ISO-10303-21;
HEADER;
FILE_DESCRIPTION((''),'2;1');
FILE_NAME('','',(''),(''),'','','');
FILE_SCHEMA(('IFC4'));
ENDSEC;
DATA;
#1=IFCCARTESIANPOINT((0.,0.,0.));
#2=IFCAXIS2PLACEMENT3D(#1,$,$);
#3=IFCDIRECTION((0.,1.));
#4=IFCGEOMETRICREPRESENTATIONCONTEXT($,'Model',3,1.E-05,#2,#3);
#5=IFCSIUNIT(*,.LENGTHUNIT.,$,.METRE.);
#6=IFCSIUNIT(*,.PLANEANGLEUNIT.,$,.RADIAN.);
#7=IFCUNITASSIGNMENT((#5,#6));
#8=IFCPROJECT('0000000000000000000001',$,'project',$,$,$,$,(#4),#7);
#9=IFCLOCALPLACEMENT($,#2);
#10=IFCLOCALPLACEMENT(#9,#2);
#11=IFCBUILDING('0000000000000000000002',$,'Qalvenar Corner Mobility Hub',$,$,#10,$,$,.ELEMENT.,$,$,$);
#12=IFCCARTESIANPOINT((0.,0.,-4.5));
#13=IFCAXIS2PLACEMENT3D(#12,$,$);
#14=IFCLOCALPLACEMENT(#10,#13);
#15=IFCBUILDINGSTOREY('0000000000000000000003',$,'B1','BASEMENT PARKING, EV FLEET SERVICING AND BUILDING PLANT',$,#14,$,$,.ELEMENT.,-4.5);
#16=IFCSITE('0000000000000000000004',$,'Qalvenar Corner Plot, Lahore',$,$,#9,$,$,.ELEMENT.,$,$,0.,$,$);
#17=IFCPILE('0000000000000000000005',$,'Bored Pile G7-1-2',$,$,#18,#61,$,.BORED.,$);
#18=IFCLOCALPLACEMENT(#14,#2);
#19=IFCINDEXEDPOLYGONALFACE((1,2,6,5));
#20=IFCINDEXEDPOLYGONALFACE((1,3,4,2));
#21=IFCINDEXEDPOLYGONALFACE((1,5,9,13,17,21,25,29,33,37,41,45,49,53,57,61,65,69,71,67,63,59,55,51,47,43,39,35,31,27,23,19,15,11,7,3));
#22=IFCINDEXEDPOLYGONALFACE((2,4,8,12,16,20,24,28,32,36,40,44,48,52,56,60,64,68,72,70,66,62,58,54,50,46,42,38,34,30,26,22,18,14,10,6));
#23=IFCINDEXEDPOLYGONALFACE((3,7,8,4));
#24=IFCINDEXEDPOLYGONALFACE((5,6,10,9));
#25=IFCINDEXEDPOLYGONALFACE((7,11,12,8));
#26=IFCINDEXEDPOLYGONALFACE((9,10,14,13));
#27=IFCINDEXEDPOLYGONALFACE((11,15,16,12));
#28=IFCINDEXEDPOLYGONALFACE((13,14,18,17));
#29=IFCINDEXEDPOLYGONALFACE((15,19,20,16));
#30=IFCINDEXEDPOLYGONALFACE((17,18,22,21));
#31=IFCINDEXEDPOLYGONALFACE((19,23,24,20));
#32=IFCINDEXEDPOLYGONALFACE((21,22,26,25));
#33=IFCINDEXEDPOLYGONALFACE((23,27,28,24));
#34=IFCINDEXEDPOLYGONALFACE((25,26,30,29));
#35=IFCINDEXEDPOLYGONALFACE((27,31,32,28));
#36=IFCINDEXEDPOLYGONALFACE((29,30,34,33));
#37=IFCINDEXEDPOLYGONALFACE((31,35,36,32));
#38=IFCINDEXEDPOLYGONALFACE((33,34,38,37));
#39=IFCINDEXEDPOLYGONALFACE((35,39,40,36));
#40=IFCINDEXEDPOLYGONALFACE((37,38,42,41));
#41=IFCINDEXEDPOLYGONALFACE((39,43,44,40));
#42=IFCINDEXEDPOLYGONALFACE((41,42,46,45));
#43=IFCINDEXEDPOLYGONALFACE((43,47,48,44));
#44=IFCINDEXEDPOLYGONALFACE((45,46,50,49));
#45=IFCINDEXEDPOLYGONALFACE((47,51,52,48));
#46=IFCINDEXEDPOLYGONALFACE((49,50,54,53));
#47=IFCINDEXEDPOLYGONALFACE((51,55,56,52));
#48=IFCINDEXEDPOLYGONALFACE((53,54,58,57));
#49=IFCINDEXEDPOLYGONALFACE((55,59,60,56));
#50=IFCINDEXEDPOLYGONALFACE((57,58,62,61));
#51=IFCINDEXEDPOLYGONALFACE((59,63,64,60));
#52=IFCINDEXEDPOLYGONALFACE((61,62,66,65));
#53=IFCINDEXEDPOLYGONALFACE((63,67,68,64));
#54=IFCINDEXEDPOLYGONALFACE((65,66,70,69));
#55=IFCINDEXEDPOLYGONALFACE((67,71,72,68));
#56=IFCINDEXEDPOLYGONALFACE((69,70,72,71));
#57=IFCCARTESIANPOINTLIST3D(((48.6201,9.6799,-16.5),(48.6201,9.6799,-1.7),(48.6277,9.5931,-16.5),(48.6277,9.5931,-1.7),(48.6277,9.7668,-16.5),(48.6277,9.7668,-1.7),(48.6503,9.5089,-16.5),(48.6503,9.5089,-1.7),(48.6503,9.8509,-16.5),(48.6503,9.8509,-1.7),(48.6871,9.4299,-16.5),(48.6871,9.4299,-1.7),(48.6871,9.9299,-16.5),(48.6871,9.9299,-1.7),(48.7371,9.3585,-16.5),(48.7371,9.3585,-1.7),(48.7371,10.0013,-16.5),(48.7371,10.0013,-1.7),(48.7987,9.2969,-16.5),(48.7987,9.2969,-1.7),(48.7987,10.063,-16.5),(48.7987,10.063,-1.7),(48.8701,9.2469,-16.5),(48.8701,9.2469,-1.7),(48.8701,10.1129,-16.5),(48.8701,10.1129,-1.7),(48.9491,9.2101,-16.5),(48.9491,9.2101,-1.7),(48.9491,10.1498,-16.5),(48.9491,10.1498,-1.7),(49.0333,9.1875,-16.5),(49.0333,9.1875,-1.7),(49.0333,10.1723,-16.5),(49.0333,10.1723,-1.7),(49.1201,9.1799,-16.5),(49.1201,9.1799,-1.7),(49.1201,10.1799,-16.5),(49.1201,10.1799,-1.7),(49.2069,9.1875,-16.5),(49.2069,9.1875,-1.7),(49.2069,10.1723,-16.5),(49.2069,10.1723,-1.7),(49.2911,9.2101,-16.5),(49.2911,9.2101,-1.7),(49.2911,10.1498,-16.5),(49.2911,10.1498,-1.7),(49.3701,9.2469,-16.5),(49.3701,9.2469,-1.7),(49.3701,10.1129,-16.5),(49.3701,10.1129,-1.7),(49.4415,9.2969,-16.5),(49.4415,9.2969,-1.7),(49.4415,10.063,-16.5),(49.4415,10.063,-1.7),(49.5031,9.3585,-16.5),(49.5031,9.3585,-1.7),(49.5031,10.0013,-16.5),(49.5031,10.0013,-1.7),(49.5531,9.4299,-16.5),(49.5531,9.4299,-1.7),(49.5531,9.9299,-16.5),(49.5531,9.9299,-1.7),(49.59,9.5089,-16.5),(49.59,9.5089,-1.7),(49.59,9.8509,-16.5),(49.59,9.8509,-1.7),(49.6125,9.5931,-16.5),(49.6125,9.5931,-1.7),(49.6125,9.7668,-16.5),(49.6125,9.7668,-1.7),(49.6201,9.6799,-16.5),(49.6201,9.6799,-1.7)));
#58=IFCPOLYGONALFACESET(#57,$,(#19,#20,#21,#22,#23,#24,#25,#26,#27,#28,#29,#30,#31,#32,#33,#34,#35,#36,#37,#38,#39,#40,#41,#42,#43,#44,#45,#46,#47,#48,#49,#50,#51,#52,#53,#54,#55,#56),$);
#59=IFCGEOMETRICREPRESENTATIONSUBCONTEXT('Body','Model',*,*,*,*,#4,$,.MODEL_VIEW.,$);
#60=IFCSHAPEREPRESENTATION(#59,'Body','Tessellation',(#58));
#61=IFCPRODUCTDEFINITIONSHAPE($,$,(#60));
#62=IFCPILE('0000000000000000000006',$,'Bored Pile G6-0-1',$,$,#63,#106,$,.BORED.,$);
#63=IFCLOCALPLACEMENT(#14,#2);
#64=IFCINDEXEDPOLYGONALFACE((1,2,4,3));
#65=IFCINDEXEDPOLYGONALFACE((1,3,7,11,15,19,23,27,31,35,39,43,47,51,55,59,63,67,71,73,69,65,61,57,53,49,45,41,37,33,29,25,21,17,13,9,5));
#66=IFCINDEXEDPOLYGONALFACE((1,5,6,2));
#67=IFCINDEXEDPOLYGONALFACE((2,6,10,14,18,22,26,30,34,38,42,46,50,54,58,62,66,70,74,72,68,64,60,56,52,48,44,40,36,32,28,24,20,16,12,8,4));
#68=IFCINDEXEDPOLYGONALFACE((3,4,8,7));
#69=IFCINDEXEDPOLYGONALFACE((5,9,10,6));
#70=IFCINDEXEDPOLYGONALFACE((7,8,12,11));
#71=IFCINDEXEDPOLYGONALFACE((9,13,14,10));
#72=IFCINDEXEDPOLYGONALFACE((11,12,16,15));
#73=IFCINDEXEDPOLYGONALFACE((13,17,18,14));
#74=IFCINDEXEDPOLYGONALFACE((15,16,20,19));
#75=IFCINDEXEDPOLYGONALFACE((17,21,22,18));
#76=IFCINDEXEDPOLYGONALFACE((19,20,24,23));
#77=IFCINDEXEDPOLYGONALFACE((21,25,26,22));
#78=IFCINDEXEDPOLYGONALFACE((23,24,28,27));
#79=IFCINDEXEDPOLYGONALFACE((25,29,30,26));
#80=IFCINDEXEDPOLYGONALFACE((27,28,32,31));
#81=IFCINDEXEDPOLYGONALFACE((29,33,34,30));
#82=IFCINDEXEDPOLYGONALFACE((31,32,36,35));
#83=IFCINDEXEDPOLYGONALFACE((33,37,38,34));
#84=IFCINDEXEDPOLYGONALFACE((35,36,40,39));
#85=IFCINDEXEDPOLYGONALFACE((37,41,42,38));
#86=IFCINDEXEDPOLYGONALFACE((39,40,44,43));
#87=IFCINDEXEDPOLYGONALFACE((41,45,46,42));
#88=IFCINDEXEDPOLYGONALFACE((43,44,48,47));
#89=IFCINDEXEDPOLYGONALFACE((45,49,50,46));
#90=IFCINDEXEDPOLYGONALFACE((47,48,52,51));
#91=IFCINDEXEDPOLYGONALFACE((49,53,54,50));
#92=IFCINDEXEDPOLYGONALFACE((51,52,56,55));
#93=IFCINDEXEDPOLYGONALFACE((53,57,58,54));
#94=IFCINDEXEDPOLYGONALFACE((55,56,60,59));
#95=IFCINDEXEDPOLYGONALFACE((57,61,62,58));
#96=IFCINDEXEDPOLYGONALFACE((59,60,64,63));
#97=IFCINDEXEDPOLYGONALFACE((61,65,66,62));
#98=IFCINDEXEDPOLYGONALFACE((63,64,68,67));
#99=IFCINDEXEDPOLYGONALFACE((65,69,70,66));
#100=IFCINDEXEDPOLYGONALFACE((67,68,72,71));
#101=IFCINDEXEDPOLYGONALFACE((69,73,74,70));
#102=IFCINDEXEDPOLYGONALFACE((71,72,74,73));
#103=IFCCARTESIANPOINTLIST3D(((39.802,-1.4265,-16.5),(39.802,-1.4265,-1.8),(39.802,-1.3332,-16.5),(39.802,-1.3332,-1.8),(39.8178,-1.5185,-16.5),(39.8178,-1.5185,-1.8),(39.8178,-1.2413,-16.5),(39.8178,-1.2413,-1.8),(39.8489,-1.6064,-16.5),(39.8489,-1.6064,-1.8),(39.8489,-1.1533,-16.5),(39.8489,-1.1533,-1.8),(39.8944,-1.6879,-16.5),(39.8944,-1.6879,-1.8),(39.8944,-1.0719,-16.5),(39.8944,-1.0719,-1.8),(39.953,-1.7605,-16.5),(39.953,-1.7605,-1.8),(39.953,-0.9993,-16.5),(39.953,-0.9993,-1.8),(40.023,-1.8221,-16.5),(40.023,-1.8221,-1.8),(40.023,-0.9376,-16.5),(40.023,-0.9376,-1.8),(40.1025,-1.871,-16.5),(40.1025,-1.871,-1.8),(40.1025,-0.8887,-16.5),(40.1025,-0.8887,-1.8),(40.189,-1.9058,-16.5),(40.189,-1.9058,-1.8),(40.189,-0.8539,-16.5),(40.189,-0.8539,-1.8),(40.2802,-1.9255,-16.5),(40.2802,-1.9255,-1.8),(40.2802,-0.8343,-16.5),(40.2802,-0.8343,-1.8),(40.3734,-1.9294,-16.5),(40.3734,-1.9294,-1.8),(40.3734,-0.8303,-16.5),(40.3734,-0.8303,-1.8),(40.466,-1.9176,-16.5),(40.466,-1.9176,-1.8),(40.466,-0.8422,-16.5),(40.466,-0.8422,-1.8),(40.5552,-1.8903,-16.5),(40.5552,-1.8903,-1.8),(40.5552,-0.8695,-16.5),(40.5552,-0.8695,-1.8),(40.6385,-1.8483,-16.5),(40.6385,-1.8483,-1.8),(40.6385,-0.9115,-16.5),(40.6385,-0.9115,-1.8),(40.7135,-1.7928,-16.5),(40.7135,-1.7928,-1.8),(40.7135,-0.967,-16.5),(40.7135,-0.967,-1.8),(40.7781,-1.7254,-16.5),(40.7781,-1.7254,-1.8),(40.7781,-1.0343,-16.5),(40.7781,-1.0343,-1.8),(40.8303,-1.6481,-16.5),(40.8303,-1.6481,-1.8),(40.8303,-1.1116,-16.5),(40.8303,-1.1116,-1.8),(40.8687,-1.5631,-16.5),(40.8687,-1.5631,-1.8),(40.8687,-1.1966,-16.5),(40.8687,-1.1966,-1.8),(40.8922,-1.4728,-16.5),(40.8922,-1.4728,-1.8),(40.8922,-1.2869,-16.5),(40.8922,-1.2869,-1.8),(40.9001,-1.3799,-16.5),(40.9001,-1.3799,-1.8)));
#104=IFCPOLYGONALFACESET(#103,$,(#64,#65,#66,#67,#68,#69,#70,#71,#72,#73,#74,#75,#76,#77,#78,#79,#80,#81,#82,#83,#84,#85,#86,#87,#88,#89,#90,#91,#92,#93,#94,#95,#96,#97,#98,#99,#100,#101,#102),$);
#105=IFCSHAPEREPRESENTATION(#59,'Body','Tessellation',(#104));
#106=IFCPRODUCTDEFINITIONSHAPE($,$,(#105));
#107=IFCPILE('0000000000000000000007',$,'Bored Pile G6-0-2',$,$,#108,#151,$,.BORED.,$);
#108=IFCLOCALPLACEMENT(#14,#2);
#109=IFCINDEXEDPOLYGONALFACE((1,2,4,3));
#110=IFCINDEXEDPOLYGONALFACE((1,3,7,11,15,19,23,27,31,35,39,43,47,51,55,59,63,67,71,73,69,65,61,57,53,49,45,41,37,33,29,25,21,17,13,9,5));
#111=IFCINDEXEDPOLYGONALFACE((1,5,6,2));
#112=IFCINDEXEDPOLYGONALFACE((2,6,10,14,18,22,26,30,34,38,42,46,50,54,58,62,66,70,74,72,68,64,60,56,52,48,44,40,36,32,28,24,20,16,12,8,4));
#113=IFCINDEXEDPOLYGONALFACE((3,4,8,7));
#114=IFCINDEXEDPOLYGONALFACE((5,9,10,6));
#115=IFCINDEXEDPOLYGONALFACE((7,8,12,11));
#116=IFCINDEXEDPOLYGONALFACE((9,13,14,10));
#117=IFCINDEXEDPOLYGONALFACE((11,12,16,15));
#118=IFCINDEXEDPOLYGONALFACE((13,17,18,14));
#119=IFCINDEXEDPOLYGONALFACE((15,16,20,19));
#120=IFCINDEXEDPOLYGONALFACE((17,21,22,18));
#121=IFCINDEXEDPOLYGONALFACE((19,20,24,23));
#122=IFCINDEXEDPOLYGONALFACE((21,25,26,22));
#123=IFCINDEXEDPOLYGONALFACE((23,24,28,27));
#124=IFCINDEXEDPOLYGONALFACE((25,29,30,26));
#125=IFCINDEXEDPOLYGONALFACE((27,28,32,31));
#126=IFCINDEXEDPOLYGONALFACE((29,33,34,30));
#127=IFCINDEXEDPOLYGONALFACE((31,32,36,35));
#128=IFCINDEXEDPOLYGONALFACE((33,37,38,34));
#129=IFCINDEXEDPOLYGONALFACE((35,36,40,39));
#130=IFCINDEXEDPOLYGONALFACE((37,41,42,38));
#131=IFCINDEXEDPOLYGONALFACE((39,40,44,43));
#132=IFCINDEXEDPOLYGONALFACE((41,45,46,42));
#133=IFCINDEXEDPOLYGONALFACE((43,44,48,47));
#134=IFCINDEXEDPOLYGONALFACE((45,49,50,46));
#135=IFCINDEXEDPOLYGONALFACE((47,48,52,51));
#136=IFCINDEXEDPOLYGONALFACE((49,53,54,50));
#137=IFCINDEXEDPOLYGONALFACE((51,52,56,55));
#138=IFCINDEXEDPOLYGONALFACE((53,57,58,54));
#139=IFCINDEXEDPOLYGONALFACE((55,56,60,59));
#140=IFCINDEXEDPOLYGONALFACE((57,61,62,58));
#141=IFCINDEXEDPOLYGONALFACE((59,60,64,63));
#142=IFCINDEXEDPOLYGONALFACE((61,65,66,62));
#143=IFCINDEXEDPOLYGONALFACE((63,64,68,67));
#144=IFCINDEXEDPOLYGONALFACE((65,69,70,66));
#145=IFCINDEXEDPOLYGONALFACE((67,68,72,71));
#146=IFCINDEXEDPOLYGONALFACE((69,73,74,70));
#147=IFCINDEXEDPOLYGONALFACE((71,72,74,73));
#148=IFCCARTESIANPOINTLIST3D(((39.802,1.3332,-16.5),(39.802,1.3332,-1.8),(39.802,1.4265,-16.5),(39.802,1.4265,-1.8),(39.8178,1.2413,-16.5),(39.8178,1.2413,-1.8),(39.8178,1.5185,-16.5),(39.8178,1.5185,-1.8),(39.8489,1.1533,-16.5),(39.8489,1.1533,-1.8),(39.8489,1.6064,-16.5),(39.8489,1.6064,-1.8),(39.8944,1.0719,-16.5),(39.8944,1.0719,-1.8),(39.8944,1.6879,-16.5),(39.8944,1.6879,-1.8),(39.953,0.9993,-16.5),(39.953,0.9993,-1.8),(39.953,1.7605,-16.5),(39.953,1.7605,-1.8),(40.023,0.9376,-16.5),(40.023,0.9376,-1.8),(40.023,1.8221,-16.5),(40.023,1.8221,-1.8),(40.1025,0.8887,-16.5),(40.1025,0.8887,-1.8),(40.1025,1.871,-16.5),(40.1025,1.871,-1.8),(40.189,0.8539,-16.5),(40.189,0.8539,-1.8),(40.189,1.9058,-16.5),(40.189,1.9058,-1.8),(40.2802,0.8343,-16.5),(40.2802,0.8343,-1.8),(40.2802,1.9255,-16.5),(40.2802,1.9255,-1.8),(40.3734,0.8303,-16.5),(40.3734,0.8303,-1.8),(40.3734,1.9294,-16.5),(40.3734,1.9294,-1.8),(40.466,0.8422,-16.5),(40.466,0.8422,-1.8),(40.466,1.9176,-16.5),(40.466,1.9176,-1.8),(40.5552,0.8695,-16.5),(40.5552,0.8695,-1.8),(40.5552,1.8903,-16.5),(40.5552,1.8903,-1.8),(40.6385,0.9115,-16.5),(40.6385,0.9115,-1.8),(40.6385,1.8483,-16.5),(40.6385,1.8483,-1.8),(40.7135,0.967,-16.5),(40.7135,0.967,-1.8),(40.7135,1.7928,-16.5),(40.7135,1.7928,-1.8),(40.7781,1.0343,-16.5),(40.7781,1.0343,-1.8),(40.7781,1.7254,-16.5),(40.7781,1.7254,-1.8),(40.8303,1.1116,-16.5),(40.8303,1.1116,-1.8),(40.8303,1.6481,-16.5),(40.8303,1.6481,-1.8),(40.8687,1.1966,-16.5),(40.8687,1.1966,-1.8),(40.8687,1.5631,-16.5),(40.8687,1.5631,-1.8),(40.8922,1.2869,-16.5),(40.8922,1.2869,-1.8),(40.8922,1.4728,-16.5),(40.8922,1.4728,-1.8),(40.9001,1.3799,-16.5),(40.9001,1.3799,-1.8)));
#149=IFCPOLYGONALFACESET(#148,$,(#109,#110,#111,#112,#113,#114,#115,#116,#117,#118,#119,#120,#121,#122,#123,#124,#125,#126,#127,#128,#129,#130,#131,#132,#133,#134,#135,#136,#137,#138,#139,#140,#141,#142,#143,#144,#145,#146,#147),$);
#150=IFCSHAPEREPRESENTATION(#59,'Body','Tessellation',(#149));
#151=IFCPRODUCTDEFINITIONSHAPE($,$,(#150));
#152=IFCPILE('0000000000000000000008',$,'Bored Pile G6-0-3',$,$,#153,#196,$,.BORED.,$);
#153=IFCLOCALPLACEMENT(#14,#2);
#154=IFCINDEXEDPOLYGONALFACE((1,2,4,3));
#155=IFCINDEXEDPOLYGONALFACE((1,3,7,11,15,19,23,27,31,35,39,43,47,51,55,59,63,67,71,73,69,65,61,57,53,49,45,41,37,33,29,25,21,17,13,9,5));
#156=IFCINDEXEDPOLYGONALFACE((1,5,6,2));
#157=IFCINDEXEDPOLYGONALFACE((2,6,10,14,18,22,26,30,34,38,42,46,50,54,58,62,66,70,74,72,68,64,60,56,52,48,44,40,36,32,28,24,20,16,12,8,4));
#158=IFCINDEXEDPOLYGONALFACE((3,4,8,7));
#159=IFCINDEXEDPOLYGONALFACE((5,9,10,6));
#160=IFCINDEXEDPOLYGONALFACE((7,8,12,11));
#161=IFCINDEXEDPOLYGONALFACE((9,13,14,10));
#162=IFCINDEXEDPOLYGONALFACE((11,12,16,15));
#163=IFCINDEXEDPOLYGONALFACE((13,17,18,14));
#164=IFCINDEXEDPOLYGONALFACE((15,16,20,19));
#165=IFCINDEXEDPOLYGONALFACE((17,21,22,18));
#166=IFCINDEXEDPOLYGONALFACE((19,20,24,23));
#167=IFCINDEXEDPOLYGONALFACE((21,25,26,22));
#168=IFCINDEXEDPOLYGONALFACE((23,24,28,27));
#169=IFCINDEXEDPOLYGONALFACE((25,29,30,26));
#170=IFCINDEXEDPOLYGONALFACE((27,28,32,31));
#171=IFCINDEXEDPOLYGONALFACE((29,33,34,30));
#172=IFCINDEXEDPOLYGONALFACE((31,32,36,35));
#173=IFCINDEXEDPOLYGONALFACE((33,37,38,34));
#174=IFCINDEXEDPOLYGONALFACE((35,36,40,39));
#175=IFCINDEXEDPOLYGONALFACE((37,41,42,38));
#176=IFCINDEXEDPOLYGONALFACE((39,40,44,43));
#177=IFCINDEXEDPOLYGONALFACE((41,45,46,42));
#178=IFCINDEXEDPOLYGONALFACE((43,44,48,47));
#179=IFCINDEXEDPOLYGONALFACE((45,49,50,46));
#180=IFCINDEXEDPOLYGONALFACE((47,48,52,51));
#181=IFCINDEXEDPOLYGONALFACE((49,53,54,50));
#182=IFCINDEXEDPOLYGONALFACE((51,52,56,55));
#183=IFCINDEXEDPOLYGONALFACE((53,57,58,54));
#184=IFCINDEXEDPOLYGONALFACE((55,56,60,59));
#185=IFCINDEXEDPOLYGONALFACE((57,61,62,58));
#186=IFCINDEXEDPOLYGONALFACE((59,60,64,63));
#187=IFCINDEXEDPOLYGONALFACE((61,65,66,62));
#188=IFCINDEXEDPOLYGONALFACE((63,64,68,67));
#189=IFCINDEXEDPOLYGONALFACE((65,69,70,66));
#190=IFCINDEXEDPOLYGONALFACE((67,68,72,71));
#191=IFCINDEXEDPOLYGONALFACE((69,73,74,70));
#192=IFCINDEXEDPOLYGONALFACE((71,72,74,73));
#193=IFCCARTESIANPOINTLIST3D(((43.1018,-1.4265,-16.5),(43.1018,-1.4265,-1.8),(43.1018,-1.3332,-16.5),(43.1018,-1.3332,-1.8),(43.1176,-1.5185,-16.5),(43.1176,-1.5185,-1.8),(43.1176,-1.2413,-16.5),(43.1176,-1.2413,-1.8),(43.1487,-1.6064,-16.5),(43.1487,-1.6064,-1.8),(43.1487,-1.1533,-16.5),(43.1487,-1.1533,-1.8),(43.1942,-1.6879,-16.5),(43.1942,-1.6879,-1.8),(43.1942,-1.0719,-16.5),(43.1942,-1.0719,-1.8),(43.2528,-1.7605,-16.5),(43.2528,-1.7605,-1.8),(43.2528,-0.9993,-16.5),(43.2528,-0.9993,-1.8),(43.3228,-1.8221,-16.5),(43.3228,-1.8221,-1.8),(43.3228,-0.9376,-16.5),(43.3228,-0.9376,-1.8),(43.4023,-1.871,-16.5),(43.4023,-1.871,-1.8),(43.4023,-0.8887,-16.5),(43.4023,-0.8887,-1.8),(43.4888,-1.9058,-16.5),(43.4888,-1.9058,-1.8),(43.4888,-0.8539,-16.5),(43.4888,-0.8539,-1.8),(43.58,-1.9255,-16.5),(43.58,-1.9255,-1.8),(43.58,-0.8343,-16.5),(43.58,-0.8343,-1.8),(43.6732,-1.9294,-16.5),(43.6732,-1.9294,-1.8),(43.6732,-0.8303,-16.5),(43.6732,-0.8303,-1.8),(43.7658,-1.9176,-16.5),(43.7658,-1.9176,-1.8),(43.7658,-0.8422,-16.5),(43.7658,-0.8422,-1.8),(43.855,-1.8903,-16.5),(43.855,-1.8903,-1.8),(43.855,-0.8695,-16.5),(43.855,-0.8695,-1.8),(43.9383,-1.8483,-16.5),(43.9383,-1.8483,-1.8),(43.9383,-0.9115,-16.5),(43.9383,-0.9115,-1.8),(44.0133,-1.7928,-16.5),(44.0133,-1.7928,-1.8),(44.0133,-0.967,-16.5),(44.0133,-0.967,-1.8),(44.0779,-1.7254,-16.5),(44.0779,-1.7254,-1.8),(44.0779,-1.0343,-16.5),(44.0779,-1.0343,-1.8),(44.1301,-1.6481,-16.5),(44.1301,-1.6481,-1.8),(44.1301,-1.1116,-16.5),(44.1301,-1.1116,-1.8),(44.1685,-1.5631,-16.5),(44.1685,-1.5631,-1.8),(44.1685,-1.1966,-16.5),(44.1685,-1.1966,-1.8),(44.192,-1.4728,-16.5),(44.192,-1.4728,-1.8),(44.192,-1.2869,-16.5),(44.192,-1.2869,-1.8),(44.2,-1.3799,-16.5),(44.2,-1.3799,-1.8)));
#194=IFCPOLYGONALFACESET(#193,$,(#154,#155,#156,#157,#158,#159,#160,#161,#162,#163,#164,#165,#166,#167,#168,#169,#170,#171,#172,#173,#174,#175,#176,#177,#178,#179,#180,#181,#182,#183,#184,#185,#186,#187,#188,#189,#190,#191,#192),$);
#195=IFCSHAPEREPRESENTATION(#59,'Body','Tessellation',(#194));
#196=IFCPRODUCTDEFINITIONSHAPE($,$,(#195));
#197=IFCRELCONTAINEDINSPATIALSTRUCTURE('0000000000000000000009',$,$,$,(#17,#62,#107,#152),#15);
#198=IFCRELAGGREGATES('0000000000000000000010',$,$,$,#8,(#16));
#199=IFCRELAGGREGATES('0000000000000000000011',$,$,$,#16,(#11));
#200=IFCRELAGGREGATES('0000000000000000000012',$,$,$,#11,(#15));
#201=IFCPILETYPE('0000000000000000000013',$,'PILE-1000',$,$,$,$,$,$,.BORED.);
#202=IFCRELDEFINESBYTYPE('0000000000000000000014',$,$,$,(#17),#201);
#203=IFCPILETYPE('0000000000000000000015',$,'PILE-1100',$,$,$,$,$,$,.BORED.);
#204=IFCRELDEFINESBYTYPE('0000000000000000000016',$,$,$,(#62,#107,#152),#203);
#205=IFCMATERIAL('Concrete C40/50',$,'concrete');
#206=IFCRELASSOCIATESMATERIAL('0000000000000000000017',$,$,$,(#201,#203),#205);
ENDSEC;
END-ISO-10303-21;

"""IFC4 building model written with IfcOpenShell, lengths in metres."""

from ifc_helpers import new_model, si_unit, direction, frame, origin, origin_2d, place, context, subcontext, project, spatial, circle, extrude, material, material_profile, profile_set, type_object, element, save


model = new_model("IFC4")

# Units and contexts
model_context = context("Model", 3, precision=1e-05, world=origin(), true_north=direction((0.0, 1.0)))
body_context = subcontext(model_context, "Body", "Model", "MODEL_VIEW")
ifc_project = project(units=[si_unit("LENGTHUNIT", "METRE"), si_unit("PLANEANGLEUNIT", "RADIAN")], contexts=[model_context])

# Site, building, storey
site_placement = place(None, origin())
site = spatial("IfcSite", under=ifc_project, at=site_placement, Name="Qalvenar Corner Plot, Lahore", CompositionType="ELEMENT", RefElevation=0.0)
building_placement = place(site_placement, origin())
building = spatial("IfcBuilding", under=site, at=building_placement, Name="Qalvenar Corner Mobility Hub", CompositionType="ELEMENT")
storey_placement = place(building_placement, frame((0.0, 0.0, -4.5)))
storey = spatial("IfcBuildingStorey", under=building, at=storey_placement, Name="B1", Description="BASEMENT PARKING, EV FLEET SERVICING AND BUILDING PLANT", CompositionType="ELEMENT", Elevation=-4.5)

# Shared definitions
ifc_material_1 = material(Name="Concrete C40/50", Category="concrete")

# Piles
ifc_material_profile_1 = material_profile(ifc_material_1, circle(Radius=0.5, at=origin_2d()), Name="DIA1000")
ifc_profile_set_1 = profile_set([ifc_material_profile_1], Name="Concrete C40/50")
pile_type_1 = type_object("IfcPileType", Name="PILE-1000", PredefinedType="BORED", material=ifc_profile_set_1)
for number, where, z_axis, x_axis, name in (
    (1, (49.1201, 9.6799, -1.7), (0.0, 0.0, -1.0), (1.0, 0.0, 0.0), "Bored Pile G7-1-2"),
):
    element("IfcPile", number, at=place(storey_placement, frame(where, z_axis=z_axis, x_axis=x_axis)), inside=storey, type_object=pile_type_1, Name=name, PredefinedType="BORED", context=body_context, shape_type="SweptSolid", body=[
        extrude(circle(Radius=0.5, at=origin_2d()), origin(), (0.0, 0.0, 1.0), 14.8),
    ])
ifc_material_profile_2 = material_profile(ifc_material_1, circle(Radius=0.55, at=origin_2d()), Name="DIA1100")
ifc_profile_set_2 = profile_set([ifc_material_profile_2], Name="Concrete C40/50")
pile_type_2 = type_object("IfcPileType", Name="PILE-1100", PredefinedType="BORED", material=ifc_profile_set_2)
for number, where, z_axis, x_axis, name in (
    (2, (40.3501, -1.3799, -1.8), (0.0, 0.0, -1.0), (1.0, 0.0, 0.0), "Bored Pile G6-0-1"),
    (3, (40.3501, 1.3799, -1.8), (0.0, 0.0, -1.0), (1.0, 0.0, 0.0), "Bored Pile G6-0-2"),
    (4, (43.6499, -1.3799, -1.8), (0.0, 0.0, -1.0), (1.0, 0.0, 0.0), "Bored Pile G6-0-3"),
):
    element("IfcPile", number, at=place(storey_placement, frame(where, z_axis=z_axis, x_axis=x_axis)), inside=storey, type_object=pile_type_2, Name=name, PredefinedType="BORED", context=body_context, shape_type="SweptSolid", body=[
        extrude(circle(Radius=0.55, at=origin_2d()), origin(), (0.0, 0.0, 1.0), 14.7),
    ])

save(model, "model.ifc")
